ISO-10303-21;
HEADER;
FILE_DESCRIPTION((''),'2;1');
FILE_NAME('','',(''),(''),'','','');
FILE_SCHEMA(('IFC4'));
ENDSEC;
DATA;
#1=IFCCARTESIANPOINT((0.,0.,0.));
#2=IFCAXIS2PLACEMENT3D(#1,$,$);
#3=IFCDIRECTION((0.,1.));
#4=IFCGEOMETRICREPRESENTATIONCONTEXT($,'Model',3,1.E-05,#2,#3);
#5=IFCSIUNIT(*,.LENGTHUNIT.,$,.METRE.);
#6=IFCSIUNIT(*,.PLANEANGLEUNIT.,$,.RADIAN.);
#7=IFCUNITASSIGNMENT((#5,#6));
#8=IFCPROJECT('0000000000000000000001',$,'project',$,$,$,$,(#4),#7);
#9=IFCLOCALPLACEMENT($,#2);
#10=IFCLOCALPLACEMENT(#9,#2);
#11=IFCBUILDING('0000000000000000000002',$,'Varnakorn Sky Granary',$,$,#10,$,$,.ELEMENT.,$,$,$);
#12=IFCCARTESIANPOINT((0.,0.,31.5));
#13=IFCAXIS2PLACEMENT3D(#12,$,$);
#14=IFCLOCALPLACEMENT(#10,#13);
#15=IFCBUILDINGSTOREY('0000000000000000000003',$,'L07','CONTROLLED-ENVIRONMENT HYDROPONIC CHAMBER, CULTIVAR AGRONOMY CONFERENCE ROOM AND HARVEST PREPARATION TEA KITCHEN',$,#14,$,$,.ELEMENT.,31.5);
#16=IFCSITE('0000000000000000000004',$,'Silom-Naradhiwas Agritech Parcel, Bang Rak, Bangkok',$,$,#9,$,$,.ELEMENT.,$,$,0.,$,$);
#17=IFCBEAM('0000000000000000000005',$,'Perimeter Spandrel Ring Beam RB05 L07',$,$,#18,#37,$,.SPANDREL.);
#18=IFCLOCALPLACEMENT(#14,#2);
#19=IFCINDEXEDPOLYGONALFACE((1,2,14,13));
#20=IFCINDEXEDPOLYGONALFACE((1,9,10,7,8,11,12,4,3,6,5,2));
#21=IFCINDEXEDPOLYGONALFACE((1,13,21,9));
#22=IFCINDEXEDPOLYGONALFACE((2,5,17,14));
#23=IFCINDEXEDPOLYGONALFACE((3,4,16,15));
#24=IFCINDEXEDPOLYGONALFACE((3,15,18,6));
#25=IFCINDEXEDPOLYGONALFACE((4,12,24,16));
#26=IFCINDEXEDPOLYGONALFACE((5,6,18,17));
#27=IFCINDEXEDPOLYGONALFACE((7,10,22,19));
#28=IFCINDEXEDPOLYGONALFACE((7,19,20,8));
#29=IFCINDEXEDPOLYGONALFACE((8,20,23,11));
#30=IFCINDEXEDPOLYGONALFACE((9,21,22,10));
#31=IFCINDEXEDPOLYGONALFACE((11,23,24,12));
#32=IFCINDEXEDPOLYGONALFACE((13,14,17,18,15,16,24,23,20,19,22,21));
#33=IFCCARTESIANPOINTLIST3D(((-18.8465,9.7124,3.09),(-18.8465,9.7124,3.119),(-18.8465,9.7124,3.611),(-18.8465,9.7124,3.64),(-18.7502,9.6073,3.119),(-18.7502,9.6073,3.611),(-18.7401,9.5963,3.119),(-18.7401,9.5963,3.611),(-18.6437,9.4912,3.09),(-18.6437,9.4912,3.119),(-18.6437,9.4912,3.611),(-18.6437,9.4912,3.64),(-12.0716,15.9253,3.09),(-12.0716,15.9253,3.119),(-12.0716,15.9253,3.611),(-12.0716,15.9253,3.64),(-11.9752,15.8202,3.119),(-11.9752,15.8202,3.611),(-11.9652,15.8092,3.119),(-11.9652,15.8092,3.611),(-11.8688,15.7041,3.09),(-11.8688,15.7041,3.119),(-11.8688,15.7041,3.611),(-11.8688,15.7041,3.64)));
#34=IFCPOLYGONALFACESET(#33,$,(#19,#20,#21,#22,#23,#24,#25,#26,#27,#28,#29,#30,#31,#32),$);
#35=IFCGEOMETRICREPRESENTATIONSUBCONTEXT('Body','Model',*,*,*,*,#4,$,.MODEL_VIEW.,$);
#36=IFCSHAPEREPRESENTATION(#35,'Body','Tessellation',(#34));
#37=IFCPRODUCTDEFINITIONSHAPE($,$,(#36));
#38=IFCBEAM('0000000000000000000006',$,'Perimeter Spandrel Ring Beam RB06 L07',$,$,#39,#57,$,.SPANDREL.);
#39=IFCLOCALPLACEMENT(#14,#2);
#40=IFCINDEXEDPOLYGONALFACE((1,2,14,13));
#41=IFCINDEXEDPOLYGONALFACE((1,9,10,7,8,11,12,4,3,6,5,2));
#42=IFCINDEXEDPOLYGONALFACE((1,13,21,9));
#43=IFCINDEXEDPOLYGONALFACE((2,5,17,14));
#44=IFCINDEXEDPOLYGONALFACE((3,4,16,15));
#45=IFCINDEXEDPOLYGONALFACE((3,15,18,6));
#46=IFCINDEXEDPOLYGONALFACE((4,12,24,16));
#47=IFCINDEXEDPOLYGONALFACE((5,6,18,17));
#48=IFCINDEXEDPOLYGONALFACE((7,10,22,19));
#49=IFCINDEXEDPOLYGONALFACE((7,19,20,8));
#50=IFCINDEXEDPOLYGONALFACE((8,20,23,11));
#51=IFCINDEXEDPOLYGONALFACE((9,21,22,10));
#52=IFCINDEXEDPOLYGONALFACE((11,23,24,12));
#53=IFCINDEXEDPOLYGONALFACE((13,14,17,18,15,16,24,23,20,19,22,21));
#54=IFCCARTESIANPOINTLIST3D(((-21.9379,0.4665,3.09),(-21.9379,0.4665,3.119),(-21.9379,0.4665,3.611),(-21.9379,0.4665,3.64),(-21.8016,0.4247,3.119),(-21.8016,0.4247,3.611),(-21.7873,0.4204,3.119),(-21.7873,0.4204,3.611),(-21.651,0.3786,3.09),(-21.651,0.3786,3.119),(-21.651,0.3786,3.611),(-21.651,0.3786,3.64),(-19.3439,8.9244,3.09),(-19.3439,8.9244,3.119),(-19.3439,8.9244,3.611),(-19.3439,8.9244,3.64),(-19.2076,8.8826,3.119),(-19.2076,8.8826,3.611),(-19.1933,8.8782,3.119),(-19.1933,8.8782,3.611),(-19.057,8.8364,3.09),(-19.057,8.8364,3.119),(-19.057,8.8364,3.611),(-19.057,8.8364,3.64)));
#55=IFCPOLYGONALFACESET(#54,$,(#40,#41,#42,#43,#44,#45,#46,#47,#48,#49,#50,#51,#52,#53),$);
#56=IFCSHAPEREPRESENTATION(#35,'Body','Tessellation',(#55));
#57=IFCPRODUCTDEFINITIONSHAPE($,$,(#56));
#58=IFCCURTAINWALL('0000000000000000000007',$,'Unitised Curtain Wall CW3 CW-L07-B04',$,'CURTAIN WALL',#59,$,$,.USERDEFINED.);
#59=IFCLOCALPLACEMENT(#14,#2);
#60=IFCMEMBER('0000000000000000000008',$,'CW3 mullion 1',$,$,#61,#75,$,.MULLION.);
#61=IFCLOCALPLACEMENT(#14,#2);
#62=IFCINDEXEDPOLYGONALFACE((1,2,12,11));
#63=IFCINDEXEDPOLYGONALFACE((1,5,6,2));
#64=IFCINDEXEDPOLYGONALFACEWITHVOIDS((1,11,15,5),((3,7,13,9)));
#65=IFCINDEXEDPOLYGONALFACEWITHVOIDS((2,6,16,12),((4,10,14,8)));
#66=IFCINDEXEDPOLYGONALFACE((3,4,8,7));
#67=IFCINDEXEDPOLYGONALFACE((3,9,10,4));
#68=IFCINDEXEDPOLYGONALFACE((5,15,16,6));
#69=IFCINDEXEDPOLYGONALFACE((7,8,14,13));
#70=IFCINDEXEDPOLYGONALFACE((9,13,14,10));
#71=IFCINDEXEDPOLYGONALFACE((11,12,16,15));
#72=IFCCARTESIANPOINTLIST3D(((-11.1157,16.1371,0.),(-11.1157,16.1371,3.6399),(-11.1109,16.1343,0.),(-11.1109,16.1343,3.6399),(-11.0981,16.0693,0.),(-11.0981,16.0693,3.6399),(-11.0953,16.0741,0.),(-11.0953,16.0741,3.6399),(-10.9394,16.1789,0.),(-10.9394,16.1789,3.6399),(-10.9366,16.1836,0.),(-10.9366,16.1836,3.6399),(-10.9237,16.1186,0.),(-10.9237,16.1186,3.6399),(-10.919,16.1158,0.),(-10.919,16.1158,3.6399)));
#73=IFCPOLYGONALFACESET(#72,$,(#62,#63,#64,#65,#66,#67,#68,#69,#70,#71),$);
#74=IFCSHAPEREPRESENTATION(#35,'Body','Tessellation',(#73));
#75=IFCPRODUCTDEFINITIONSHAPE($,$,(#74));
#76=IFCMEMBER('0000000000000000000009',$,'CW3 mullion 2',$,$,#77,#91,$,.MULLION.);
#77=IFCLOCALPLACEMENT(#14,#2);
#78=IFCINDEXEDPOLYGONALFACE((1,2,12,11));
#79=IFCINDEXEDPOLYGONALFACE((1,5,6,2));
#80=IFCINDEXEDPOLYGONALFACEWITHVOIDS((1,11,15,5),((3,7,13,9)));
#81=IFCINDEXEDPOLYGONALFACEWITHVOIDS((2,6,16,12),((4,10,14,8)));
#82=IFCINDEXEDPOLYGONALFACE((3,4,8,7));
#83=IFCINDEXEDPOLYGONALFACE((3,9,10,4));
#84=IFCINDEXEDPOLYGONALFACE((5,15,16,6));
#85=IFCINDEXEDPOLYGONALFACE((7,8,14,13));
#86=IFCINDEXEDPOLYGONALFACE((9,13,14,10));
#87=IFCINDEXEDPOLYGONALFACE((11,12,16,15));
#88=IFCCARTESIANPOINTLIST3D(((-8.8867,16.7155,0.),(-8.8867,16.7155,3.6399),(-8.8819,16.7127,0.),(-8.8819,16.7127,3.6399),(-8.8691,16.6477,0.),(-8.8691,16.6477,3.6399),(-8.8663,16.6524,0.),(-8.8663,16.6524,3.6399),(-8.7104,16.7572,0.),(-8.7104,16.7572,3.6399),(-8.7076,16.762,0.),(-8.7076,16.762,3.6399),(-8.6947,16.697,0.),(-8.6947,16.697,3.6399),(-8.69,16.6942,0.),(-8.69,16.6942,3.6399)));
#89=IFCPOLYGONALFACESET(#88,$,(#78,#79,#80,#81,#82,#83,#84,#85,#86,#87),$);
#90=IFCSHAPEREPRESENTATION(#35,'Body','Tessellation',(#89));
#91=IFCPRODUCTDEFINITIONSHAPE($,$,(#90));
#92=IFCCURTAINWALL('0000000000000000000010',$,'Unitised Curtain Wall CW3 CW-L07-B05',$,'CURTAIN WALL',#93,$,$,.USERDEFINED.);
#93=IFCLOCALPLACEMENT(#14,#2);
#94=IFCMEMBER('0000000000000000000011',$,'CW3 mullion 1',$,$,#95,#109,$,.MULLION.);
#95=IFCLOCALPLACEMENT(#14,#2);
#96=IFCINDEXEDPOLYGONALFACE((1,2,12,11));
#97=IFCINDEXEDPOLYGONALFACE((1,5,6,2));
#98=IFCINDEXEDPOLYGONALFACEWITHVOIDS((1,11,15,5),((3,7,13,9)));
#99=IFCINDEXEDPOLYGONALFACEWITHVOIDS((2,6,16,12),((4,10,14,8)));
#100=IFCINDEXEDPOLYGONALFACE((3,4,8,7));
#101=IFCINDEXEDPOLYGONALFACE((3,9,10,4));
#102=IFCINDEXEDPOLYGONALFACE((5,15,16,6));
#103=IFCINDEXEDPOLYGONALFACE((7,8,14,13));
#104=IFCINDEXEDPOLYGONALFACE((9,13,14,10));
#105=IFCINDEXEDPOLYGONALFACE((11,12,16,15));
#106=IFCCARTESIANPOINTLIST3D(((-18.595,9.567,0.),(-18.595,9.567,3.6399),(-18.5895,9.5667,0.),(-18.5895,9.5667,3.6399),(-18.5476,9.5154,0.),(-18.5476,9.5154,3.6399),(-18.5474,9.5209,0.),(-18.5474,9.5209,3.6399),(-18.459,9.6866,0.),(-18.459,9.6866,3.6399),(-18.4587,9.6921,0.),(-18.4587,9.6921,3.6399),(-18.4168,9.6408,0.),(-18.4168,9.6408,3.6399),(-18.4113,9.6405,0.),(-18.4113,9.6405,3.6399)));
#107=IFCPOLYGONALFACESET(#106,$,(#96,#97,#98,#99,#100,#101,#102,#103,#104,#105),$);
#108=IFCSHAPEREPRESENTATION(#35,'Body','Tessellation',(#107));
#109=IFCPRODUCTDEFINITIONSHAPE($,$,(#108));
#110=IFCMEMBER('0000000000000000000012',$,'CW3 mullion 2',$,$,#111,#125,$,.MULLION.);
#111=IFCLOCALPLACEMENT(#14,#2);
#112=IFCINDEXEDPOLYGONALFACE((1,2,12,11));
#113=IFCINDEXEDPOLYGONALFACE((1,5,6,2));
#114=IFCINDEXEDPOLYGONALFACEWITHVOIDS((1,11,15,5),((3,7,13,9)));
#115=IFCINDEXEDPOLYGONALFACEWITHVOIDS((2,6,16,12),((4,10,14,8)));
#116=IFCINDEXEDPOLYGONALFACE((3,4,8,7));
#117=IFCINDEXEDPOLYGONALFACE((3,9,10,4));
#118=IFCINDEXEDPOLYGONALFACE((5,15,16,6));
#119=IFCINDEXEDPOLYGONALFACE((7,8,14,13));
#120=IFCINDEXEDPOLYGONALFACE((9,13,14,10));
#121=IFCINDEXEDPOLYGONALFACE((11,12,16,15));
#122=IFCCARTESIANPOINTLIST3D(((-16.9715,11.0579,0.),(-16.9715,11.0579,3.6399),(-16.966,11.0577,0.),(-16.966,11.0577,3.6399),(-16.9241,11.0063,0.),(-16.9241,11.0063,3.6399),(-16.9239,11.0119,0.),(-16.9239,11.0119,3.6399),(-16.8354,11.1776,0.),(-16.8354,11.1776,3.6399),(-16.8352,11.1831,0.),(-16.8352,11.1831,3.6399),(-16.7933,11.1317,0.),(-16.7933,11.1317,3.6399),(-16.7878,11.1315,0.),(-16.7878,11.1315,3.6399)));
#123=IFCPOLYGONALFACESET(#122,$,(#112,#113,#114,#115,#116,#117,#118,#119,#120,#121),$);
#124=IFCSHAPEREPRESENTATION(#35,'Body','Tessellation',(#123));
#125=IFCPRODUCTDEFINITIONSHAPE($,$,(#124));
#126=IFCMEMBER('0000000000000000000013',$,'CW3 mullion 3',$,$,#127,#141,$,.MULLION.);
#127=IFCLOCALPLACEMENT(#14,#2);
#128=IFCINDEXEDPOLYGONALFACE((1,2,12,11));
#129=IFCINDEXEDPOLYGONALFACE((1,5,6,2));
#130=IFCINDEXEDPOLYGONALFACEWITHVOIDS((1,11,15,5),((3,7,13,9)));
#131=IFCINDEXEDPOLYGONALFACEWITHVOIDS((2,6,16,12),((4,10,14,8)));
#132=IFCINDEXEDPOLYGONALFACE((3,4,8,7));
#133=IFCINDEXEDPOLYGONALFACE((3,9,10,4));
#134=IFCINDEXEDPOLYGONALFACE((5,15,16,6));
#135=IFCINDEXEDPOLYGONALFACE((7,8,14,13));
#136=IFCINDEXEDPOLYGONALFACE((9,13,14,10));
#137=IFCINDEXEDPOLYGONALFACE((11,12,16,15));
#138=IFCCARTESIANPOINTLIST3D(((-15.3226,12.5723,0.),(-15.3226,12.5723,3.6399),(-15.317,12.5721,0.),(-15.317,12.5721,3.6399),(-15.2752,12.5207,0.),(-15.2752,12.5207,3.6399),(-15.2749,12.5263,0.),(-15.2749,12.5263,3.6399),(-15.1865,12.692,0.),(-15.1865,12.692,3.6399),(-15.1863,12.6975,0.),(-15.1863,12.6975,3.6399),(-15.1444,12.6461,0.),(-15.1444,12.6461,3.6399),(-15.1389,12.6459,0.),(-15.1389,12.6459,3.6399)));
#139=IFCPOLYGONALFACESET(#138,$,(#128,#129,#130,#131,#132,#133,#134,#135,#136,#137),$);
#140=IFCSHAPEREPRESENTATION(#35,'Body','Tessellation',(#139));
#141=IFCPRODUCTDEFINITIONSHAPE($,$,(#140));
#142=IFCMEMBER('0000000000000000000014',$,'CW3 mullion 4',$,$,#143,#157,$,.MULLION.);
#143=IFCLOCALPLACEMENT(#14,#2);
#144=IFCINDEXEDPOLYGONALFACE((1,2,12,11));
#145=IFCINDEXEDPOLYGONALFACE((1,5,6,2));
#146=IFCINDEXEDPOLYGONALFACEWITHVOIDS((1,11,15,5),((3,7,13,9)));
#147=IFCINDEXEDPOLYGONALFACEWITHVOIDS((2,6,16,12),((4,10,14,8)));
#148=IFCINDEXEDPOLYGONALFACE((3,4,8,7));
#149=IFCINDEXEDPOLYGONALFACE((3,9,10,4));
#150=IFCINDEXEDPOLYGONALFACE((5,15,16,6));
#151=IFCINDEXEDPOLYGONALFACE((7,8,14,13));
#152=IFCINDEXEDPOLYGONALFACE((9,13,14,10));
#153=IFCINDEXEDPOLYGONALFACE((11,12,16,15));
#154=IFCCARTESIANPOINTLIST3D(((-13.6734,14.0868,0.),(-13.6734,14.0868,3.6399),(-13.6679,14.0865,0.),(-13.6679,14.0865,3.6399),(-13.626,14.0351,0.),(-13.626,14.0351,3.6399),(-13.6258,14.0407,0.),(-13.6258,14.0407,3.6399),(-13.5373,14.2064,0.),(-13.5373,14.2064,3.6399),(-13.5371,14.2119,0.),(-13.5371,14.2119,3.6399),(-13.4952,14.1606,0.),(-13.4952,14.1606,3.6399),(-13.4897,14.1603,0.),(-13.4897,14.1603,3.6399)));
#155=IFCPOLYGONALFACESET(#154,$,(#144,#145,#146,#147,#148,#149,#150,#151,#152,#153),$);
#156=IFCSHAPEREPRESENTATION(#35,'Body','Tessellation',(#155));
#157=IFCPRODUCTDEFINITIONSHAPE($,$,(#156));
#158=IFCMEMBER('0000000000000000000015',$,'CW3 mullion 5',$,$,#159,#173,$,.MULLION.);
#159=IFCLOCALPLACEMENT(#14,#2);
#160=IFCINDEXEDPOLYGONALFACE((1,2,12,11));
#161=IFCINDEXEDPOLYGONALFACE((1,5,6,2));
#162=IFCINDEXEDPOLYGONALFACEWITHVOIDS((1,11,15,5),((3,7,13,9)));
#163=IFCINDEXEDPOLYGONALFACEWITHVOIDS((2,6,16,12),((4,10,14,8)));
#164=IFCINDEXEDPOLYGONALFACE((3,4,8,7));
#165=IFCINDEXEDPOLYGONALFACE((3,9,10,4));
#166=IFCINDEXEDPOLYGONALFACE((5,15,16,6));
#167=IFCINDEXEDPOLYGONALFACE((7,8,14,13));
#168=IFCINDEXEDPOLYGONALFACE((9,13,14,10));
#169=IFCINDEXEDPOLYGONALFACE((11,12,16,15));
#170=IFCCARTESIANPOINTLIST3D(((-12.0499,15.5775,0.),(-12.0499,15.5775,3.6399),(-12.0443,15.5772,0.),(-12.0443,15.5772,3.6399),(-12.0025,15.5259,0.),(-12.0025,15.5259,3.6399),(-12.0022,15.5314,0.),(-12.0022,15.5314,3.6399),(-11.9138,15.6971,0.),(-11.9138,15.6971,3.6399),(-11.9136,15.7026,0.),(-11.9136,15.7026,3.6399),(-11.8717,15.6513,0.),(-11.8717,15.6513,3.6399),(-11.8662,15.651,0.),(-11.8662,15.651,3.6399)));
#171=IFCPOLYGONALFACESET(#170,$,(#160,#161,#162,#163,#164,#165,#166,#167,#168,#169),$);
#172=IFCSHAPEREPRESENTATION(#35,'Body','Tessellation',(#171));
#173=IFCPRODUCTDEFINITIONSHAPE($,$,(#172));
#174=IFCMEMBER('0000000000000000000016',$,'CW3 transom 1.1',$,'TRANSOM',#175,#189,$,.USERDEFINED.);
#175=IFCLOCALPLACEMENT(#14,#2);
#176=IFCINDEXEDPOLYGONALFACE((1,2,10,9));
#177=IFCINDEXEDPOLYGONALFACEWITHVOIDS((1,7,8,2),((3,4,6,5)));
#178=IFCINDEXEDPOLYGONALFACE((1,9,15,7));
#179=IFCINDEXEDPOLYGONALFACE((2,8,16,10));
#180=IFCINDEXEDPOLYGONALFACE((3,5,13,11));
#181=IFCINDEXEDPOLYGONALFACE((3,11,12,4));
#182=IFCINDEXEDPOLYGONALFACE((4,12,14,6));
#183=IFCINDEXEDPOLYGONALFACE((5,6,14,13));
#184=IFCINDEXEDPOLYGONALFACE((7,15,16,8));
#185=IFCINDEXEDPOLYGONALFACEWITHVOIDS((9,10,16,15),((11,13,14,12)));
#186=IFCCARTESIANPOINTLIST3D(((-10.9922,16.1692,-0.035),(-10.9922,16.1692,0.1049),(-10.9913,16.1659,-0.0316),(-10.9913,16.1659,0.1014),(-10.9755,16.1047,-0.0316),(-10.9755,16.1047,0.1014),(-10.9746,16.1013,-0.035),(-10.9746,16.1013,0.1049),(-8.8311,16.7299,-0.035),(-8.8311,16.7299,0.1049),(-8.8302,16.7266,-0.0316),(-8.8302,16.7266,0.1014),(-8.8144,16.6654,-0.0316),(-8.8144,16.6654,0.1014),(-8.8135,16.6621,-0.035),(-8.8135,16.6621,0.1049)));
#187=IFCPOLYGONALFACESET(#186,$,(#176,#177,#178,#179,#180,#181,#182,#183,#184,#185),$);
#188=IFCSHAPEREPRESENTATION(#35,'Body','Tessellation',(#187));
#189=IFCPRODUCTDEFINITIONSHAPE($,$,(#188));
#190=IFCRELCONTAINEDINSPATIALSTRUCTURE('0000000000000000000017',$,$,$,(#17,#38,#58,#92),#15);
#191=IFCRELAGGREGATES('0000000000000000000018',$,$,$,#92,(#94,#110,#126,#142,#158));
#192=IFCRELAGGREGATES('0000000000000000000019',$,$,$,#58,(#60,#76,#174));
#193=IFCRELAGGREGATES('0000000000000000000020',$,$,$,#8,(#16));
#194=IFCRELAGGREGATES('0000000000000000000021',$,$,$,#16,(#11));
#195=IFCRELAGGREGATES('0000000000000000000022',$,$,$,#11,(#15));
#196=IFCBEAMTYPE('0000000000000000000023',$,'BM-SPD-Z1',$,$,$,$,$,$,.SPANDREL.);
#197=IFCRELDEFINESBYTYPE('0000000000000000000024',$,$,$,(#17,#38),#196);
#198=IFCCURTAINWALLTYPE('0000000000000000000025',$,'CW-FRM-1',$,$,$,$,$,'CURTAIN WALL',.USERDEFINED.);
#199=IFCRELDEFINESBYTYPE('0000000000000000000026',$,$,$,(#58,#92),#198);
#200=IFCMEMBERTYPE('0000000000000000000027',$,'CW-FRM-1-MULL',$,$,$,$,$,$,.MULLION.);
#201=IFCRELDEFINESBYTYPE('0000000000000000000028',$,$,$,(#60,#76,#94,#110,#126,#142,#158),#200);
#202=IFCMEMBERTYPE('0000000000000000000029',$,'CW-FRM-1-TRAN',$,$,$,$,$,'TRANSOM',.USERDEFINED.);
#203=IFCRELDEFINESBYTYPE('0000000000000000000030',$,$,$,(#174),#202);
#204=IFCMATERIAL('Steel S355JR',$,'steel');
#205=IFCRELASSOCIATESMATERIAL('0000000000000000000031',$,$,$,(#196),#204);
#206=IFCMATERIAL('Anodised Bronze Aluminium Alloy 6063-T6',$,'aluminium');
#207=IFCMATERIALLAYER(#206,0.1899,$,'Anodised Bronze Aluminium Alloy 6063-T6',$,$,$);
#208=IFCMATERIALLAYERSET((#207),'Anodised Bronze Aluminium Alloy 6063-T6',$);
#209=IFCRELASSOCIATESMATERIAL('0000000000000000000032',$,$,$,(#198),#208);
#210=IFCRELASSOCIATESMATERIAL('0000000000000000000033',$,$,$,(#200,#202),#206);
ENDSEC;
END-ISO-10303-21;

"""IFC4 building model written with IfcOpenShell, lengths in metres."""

from ifc_helpers import new_model, si_unit, direction, frame, origin, origin_2d, place, context, subcontext, project, spatial, hollow_rectangle, i_section, extrude, material, layer, layer_set, material_profile, profile_set, type_object, element, aggregate, save


model = new_model("IFC4")

# Units and contexts
model_context = context("Model", 3, precision=1e-05, world=origin(), true_north=direction((0.0, 1.0)))
body_context = subcontext(model_context, "Body", "Model", "MODEL_VIEW")
ifc_project = project(units=[si_unit("LENGTHUNIT", "METRE"), si_unit("PLANEANGLEUNIT", "RADIAN")], contexts=[model_context])

# Site, building, storey
site_placement = place(None, origin())
site = spatial("IfcSite", under=ifc_project, at=site_placement, Name="Silom-Naradhiwas Agritech Parcel, Bang Rak, Bangkok", CompositionType="ELEMENT", RefElevation=0.0)
building_placement = place(site_placement, origin())
building = spatial("IfcBuilding", under=site, at=building_placement, Name="Varnakorn Sky Granary", CompositionType="ELEMENT")
storey_placement = place(building_placement, frame((0.0, 0.0, 31.5)))
storey = spatial("IfcBuildingStorey", under=building, at=storey_placement, Name="L07", Description="CONTROLLED-ENVIRONMENT HYDROPONIC CHAMBER, CULTIVAR AGRONOMY CONFERENCE ROOM AND HARVEST PREPARATION TEA KITCHEN", CompositionType="ELEMENT", Elevation=31.5)

# Beams
ifc_material_1 = material(Name="Steel S355JR", Category="steel")
ifc_material_profile_1 = material_profile(ifc_material_1, i_section(OverallWidth=0.3, OverallDepth=0.55, WebThickness=0.0149, FlangeThickness=0.0291, at=origin_2d()), Name="HE 550 B")
ifc_profile_set_1 = profile_set([ifc_material_profile_1], Name="Steel S355JR")
beam_type_1 = type_object("IfcBeamType", Name="BM-SPD-Z1", PredefinedType="SPANDREL", material=ifc_profile_set_1)
beam_1_placement = place(storey_placement, frame((-11.9702, 15.8147, 3.365), z_axis=(-0.737015, -0.675876, 0.0), x_axis=(0.675876, -0.737015, 0.0)))
element("IfcBeam", 1, at=beam_1_placement, inside=storey, type_object=beam_type_1, Name="Perimeter Spandrel Ring Beam RB05 L07", PredefinedType="SPANDREL", context=body_context, shape_type="SweptSolid", body=[
    extrude(i_section(OverallWidth=0.3, OverallDepth=0.55, WebThickness=0.0149, FlangeThickness=0.0291, at=origin_2d()), origin(), (0.0, 0.0, 1.0), 9.1924),
])
beam_2_placement = place(storey_placement, frame((-19.2004, 8.8804, 3.365), z_axis=(-0.293219, -0.956045, 0.0), x_axis=(0.956045, -0.293219, 0.0)))
element("IfcBeam", 2, at=beam_2_placement, inside=storey, type_object=beam_type_1, Name="Perimeter Spandrel Ring Beam RB06 L07", PredefinedType="SPANDREL", context=body_context, shape_type="SweptSolid", body=[
    extrude(i_section(OverallWidth=0.3, OverallDepth=0.55, WebThickness=0.0149, FlangeThickness=0.0291, at=origin_2d()), origin(), (0.0, 0.0, 1.0), 8.8467),
])

# Curtain walls, members
ifc_material_2 = material(Name="Anodised Bronze Aluminium Alloy 6063-T6", Category="aluminium")
ifc_layer_1 = layer(ifc_material_2, 0.1899, Name="Anodised Bronze Aluminium Alloy 6063-T6")
ifc_layer_set_1 = layer_set([ifc_layer_1], Name="Anodised Bronze Aluminium Alloy 6063-T6")
curtain_wall_type = type_object("IfcCurtainWallType", Name="CW-FRM-1", ElementType="CURTAIN WALL", PredefinedType="USERDEFINED", material=ifc_layer_set_1)
curtain_wall_1_placement = place(storey_placement, origin())
curtain_wall_1 = element("IfcCurtainWall", 3, at=curtain_wall_1_placement, inside=storey, type_object=curtain_wall_type, Name="Unitised Curtain Wall CW3 CW-L07-B04", ObjectType="CURTAIN WALL", PredefinedType="USERDEFINED")
ifc_material_profile_2 = material_profile(ifc_material_2, hollow_rectangle(XDim=0.0701, YDim=0.1851, WallThickness=0.0039, at=origin_2d()), Name="ALU MULL 70x185")
ifc_profile_set_2 = profile_set([ifc_material_profile_2], Name="Anodised Bronze Aluminium Alloy 6063-T6")
member_type_1 = type_object("IfcMemberType", Name="CW-FRM-1-MULL", PredefinedType="MULLION", material=ifc_profile_set_2)
member_1_placement = place(storey_placement, frame((-11.0173, 16.1265, 0.0), z_axis=(0.0, 0.0, 1.0), x_axis=(-0.251165, 0.967944, 0.0)))
member_1 = element("IfcMember", 4, at=member_1_placement, type_object=member_type_1, Name="CW3 mullion 1", PredefinedType="MULLION", context=body_context, shape_type="SweptSolid", body=[
    extrude(hollow_rectangle(XDim=0.0701, YDim=0.1851, WallThickness=0.0039, at=origin_2d()), origin(), (0.0, 0.0, 1.0), 3.6399),
])
member_2_placement = place(storey_placement, frame((-8.7883, 16.7048, 0.0), z_axis=(0.0, 0.0, 1.0), x_axis=(-0.251165, 0.967944, 0.0)))
member_2 = element("IfcMember", 5, at=member_2_placement, type_object=member_type_1, Name="CW3 mullion 2", PredefinedType="MULLION", context=body_context, shape_type="SweptSolid", body=[
    extrude(hollow_rectangle(XDim=0.0701, YDim=0.1851, WallThickness=0.0039, at=origin_2d()), origin(), (0.0, 0.0, 1.0), 3.6399),
])
curtain_wall_2_placement = place(storey_placement, origin())
curtain_wall_2 = element("IfcCurtainWall", 6, at=curtain_wall_2_placement, inside=storey, type_object=curtain_wall_type, Name="Unitised Curtain Wall CW3 CW-L07-B05", ObjectType="CURTAIN WALL", PredefinedType="USERDEFINED")
member_3_placement = place(storey_placement, frame((-18.5032, 9.6038, 0.0), z_axis=(0.0, 0.0, 1.0), x_axis=(-0.676387, 0.736547, 0.0)))
member_3 = element("IfcMember", 7, at=member_3_placement, type_object=member_type_1, Name="CW3 mullion 1", PredefinedType="MULLION", context=body_context, shape_type="SweptSolid", body=[
    extrude(hollow_rectangle(XDim=0.0701, YDim=0.1851, WallThickness=0.0039, at=origin_2d()), origin(), (0.0, 0.0, 1.0), 3.6399),
])
member_4_placement = place(storey_placement, frame((-16.8796, 11.0947, 0.0), z_axis=(0.0, 0.0, 1.0), x_axis=(-0.676387, 0.736547, 0.0)))
member_4 = element("IfcMember", 8, at=member_4_placement, type_object=member_type_1, Name="CW3 mullion 2", PredefinedType="MULLION", context=body_context, shape_type="SweptSolid", body=[
    extrude(hollow_rectangle(XDim=0.0701, YDim=0.1851, WallThickness=0.0039, at=origin_2d()), origin(), (0.0, 0.0, 1.0), 3.6399),
])
member_5_placement = place(storey_placement, frame((-15.2307, 12.6091, 0.0), z_axis=(0.0, 0.0, 1.0), x_axis=(-0.676387, 0.736547, 0.0)))
member_5 = element("IfcMember", 9, at=member_5_placement, type_object=member_type_1, Name="CW3 mullion 3", PredefinedType="MULLION", context=body_context, shape_type="SweptSolid", body=[
    extrude(hollow_rectangle(XDim=0.0701, YDim=0.1851, WallThickness=0.0039, at=origin_2d()), origin(), (0.0, 0.0, 1.0), 3.6399),
])
member_6_placement = place(storey_placement, frame((-13.5815, 14.1235, 0.0), z_axis=(0.0, 0.0, 1.0), x_axis=(-0.676387, 0.736547, 0.0)))
member_6 = element("IfcMember", 10, at=member_6_placement, type_object=member_type_1, Name="CW3 mullion 4", PredefinedType="MULLION", context=body_context, shape_type="SweptSolid", body=[
    extrude(hollow_rectangle(XDim=0.0701, YDim=0.1851, WallThickness=0.0039, at=origin_2d()), origin(), (0.0, 0.0, 1.0), 3.6399),
])
member_7_placement = place(storey_placement, frame((-11.958, 15.6143, 0.0), z_axis=(0.0, 0.0, 1.0), x_axis=(-0.676387, 0.736547, 0.0)))
member_7 = element("IfcMember", 11, at=member_7_placement, type_object=member_type_1, Name="CW3 mullion 5", PredefinedType="MULLION", context=body_context, shape_type="SweptSolid", body=[
    extrude(hollow_rectangle(XDim=0.0701, YDim=0.1851, WallThickness=0.0039, at=origin_2d()), origin(), (0.0, 0.0, 1.0), 3.6399),
])

# Member
ifc_material_profile_3 = material_profile(ifc_material_2, hollow_rectangle(XDim=0.0701, YDim=0.1399, WallThickness=0.0034, at=origin_2d()), Name="ALU TRAN 70x140")
ifc_profile_set_3 = profile_set([ifc_material_profile_3], Name="Anodised Bronze Aluminium Alloy 6063-T6")
member_type_2 = type_object("IfcMemberType", Name="CW-FRM-1-TRAN", ElementType="TRANSOM", PredefinedType="USERDEFINED", material=ifc_profile_set_3)
member_8_placement = place(storey_placement, frame((-10.9834, 16.1353, 0.0349), z_axis=(0.967943, 0.251171, 0.0), x_axis=(-0.251171, 0.967943, 0.0)))
member_8 = element("IfcMember", 12, at=member_8_placement, type_object=member_type_2, Name="CW3 transom 1.1", ObjectType="TRANSOM", PredefinedType="USERDEFINED", context=body_context, shape_type="SweptSolid", body=[
    extrude(hollow_rectangle(XDim=0.0701, YDim=0.1399, WallThickness=0.0034, at=origin_2d()), origin(), (0.0, 0.0, 1.0), 2.2327),
])

aggregate(curtain_wall_2, [member_3, member_4, member_5, member_6, member_7])
aggregate(curtain_wall_1, [member_1, member_2, member_8])

save(model, "model.ifc")
